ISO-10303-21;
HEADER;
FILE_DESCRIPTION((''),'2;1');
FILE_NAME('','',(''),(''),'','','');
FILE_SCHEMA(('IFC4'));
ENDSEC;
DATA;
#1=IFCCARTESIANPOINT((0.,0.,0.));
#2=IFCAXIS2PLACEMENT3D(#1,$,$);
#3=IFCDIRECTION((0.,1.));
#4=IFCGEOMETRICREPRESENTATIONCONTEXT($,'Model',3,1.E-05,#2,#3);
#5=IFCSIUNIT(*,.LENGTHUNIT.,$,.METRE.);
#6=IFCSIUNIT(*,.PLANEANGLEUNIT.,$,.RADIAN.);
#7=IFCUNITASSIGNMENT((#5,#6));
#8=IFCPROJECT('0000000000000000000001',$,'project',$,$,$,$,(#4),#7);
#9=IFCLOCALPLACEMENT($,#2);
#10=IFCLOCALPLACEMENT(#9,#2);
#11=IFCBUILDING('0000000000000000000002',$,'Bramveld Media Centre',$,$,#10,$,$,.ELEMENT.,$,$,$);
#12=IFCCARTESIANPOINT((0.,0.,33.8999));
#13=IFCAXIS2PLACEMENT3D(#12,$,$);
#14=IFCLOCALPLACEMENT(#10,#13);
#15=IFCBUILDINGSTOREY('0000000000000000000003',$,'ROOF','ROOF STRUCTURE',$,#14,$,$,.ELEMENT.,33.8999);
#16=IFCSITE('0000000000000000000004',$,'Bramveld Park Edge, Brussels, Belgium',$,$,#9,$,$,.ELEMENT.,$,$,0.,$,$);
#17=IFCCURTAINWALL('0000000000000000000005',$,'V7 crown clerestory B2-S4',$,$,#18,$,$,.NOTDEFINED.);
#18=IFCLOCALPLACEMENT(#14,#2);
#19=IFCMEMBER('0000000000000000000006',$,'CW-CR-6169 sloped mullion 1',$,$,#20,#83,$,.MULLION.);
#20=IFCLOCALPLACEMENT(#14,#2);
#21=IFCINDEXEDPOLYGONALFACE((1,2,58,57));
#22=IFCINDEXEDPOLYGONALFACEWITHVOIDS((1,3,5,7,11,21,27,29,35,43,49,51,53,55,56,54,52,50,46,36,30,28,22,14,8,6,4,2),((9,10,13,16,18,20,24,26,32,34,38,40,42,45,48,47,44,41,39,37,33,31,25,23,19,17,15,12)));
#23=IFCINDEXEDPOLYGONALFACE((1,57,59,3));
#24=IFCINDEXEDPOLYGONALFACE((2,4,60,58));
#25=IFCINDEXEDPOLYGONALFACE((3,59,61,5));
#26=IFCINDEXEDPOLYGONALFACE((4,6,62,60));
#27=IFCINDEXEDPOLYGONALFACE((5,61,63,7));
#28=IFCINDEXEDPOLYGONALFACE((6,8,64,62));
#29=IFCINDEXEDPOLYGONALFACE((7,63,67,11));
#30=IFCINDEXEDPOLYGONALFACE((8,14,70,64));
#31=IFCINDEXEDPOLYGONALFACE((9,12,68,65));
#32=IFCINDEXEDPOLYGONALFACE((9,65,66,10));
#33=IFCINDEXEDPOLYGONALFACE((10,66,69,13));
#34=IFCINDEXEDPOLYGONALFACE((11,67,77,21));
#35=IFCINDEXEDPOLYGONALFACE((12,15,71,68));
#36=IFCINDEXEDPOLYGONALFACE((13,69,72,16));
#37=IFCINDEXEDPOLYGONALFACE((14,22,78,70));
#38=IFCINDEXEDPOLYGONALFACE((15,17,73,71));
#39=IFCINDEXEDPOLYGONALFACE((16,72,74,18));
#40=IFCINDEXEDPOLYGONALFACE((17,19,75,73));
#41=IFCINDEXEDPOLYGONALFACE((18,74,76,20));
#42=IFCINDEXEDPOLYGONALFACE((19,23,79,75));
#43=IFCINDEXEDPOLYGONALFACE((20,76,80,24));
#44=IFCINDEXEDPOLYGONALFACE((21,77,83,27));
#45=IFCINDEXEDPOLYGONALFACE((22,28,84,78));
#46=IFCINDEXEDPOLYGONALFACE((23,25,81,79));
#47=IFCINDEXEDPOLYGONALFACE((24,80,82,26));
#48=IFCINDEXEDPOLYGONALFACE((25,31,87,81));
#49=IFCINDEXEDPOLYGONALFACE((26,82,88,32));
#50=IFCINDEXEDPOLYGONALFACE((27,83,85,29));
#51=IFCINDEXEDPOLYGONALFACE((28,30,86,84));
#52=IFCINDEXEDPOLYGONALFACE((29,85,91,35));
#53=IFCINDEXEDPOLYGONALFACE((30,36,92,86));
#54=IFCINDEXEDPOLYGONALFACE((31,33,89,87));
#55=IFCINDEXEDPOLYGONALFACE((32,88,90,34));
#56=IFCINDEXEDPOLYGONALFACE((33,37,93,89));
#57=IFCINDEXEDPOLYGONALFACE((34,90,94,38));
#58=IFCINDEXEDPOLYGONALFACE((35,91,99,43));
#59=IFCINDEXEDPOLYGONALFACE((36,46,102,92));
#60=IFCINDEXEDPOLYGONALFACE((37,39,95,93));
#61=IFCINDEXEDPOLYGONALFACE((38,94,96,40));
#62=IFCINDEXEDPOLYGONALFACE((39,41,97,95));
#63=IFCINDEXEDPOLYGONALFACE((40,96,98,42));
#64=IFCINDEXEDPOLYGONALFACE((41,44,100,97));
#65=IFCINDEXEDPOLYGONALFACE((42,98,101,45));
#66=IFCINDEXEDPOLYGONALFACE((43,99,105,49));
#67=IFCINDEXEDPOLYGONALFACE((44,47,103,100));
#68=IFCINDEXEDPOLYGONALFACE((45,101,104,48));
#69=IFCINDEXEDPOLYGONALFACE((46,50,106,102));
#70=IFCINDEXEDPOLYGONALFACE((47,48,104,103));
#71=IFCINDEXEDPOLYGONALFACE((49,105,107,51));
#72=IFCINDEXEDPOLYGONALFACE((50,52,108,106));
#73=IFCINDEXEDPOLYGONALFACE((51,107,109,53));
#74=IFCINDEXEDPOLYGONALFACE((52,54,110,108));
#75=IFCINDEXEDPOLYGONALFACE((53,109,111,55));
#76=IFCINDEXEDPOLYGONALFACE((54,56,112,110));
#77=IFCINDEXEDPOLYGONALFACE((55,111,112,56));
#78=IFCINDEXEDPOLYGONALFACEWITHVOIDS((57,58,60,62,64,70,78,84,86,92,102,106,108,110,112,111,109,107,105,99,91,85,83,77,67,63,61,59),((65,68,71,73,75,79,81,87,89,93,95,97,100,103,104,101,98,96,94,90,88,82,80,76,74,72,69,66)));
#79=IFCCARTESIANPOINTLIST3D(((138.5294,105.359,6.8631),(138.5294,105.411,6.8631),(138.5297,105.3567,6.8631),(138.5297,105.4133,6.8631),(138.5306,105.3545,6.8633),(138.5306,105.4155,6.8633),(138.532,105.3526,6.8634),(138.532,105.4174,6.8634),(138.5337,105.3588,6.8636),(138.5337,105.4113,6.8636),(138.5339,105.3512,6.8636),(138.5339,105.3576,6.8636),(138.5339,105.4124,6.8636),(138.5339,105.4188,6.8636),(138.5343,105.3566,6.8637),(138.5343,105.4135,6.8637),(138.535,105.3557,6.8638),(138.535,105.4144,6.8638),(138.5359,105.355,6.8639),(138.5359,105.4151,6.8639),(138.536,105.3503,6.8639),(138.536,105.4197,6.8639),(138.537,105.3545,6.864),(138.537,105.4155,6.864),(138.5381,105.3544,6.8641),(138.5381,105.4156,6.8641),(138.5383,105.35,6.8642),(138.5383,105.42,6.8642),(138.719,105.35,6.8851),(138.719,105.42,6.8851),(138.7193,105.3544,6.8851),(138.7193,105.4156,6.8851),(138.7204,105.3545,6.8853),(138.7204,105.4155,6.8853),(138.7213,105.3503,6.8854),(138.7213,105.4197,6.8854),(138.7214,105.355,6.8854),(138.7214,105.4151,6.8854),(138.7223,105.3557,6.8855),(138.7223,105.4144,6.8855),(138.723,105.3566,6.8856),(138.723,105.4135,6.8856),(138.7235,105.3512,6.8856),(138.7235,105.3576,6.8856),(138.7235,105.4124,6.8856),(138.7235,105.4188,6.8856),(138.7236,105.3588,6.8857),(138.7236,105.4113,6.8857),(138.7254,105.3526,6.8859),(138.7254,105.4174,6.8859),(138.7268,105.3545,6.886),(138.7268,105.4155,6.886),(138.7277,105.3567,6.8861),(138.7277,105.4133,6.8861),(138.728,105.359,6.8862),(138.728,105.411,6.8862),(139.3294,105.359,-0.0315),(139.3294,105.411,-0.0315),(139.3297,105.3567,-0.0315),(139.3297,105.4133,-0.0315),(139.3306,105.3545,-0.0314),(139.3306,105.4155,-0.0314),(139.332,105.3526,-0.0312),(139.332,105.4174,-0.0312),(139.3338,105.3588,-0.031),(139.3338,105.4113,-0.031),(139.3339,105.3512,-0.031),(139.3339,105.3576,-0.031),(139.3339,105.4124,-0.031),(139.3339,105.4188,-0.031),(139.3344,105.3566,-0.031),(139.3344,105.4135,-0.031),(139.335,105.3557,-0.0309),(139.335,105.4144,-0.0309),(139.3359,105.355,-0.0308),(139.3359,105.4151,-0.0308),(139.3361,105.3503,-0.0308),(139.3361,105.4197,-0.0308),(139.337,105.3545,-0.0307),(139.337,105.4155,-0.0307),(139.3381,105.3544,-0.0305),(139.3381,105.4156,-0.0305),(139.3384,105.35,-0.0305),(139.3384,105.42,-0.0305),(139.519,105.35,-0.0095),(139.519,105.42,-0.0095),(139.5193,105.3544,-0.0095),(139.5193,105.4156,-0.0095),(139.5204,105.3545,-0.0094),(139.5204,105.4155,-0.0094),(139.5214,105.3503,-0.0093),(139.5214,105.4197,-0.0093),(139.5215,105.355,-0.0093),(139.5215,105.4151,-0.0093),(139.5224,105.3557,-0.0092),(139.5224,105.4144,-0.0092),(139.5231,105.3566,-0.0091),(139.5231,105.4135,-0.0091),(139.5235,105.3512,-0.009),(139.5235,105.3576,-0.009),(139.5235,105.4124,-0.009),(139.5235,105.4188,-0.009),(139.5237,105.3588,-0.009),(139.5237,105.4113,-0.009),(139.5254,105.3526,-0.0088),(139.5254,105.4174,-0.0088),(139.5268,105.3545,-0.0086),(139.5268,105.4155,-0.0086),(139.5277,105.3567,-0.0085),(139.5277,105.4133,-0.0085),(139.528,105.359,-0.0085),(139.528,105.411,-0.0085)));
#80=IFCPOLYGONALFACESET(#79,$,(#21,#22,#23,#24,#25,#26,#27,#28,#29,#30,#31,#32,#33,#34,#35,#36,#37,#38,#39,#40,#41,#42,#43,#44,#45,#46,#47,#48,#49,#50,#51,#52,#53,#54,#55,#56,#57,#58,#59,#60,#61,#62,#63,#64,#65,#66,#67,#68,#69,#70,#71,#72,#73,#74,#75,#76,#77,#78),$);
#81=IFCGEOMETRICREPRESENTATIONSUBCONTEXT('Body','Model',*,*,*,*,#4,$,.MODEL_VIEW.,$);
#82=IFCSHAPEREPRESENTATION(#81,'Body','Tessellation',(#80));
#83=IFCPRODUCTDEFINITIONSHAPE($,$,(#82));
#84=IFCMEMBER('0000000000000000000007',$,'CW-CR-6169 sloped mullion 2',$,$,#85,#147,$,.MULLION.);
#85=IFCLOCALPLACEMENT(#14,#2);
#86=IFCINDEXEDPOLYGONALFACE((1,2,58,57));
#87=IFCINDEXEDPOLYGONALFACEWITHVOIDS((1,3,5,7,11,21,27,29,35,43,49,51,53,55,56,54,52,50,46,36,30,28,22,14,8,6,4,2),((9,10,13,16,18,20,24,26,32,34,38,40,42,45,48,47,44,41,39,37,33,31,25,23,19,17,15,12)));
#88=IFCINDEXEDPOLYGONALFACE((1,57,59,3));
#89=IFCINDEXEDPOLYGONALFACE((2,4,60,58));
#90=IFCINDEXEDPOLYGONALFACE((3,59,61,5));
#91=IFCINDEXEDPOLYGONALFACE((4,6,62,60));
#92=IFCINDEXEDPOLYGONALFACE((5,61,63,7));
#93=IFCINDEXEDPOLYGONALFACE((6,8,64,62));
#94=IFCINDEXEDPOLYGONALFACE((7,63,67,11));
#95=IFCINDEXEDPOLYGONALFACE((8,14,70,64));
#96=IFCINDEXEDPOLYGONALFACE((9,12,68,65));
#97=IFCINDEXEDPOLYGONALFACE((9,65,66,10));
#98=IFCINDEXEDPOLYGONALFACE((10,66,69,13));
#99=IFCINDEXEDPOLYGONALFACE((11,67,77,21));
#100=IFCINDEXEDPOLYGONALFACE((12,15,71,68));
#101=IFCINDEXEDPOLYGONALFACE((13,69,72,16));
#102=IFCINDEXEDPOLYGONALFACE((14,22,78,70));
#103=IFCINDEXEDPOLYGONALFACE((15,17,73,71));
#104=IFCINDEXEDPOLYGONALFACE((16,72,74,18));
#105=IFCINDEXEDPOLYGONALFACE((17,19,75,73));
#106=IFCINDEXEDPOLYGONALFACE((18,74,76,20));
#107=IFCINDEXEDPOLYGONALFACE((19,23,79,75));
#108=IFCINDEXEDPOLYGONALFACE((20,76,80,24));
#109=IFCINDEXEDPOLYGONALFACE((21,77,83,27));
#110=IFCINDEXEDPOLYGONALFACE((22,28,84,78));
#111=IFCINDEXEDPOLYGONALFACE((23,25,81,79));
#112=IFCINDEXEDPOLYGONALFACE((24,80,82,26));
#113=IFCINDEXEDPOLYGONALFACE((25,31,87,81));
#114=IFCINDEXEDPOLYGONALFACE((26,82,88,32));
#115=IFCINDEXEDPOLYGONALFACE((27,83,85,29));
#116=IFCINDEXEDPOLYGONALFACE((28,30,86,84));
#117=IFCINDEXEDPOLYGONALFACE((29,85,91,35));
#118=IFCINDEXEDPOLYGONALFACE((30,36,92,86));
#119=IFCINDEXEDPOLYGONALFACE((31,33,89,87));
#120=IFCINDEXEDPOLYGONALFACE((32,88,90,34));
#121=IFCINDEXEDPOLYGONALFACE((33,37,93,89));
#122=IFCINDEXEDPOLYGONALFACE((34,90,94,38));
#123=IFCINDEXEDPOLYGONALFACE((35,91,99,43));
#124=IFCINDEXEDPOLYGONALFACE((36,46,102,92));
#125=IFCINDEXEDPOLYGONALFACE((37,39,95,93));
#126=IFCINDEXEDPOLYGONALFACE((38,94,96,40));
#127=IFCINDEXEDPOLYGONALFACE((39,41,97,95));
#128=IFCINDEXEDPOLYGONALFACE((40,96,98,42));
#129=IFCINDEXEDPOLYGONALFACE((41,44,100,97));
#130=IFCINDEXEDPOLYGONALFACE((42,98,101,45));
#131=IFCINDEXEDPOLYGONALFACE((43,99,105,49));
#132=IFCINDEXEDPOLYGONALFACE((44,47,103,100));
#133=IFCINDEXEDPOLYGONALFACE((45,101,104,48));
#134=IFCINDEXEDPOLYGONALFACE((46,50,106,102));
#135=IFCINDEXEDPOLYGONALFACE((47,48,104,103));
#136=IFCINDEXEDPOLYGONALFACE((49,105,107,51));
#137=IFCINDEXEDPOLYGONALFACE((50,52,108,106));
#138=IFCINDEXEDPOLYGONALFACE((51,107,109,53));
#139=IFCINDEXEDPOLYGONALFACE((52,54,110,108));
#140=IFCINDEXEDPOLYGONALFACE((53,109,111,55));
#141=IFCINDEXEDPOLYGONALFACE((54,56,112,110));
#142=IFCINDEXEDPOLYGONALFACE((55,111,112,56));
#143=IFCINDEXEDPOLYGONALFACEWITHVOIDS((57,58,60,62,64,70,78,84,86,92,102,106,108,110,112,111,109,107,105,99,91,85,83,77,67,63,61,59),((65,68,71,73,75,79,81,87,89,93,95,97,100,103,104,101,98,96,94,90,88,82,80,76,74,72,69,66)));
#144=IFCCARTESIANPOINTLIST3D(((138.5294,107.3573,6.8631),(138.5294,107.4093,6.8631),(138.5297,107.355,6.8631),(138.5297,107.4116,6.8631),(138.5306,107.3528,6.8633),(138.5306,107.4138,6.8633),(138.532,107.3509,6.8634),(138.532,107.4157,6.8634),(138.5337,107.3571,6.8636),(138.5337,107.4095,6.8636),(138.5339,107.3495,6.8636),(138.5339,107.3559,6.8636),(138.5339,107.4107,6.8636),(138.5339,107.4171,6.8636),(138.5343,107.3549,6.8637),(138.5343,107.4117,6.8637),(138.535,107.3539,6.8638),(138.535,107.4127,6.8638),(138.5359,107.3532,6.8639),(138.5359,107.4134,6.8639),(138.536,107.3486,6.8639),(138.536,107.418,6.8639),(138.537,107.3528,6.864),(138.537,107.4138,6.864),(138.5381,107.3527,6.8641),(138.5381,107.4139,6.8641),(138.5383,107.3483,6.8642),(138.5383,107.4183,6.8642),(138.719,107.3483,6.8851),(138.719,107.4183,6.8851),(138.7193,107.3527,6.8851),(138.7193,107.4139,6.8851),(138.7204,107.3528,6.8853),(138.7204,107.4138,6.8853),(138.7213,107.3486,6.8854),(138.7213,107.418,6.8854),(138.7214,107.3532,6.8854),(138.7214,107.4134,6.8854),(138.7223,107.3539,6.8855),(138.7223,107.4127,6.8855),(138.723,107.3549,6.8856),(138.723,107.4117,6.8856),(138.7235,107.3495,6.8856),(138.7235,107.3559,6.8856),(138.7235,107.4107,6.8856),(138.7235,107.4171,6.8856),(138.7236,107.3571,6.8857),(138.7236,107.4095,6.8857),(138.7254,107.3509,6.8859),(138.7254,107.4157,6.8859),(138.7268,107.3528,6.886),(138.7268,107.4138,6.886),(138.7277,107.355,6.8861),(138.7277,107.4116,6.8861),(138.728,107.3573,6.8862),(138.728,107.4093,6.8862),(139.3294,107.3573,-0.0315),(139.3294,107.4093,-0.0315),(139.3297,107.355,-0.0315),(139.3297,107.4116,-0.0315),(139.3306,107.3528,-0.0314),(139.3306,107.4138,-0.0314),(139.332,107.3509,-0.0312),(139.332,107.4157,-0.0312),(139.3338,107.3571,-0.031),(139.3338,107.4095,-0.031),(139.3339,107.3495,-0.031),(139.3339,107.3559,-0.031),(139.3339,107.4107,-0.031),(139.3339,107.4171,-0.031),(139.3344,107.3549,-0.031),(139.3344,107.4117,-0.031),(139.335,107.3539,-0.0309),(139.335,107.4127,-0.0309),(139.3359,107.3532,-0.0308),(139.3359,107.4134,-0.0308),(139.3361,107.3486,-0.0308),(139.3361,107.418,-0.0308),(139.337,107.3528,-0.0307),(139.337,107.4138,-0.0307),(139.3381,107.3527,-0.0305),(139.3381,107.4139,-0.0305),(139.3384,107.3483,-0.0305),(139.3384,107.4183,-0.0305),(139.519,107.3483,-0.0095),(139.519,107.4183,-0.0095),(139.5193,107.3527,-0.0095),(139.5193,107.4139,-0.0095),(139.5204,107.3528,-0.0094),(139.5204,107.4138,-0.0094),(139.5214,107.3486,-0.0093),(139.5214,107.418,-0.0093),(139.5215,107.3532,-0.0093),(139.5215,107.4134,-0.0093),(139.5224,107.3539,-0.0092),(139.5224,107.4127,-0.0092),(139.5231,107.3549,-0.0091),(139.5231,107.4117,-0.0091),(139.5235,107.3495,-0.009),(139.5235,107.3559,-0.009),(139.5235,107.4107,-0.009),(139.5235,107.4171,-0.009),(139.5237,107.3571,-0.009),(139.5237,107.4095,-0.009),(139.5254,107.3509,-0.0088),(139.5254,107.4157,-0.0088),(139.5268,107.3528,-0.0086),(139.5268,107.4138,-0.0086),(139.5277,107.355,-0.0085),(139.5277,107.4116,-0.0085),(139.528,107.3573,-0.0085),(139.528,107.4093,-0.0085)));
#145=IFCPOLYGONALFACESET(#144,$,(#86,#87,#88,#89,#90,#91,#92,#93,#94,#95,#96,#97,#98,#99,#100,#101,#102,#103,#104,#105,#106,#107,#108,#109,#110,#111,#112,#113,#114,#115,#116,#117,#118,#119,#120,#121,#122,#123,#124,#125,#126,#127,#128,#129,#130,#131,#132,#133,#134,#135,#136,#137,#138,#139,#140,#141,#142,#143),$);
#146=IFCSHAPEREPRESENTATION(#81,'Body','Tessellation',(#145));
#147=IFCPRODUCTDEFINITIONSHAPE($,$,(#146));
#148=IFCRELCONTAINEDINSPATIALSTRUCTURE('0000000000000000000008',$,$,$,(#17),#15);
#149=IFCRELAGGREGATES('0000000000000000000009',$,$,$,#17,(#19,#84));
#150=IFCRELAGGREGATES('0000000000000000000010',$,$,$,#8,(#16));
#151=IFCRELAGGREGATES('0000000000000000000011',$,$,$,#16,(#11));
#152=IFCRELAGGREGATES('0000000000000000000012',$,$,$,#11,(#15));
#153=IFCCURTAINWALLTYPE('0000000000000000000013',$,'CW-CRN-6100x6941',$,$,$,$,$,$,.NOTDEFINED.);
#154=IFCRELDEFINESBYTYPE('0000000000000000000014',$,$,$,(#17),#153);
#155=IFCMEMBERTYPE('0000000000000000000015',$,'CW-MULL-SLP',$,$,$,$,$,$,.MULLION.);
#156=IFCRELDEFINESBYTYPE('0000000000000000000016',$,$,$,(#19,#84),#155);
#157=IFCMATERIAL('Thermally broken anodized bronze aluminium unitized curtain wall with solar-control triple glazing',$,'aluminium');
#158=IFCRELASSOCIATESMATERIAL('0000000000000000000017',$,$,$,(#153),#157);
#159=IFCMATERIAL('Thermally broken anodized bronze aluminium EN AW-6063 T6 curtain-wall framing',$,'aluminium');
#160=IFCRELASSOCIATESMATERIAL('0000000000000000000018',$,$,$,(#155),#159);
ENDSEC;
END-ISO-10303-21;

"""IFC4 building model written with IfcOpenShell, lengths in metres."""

from ifc_helpers import new_model, si_unit, direction, frame, origin, origin_2d, place, context, subcontext, project, spatial, hollow_rectangle, extrude, material, material_profile, profile_set, type_object, element, aggregate, save


model = new_model("IFC4")

# Units and contexts
model_context = context("Model", 3, precision=1e-05, world=origin(), true_north=direction((0.0, 1.0)))
body_context = subcontext(model_context, "Body", "Model", "MODEL_VIEW")
ifc_project = project(units=[si_unit("LENGTHUNIT", "METRE"), si_unit("PLANEANGLEUNIT", "RADIAN")], contexts=[model_context])

# Site, building, storey
site_placement = place(None, origin())
site = spatial("IfcSite", under=ifc_project, at=site_placement, Name="Bramveld Park Edge, Brussels, Belgium", CompositionType="ELEMENT", RefElevation=0.0)
building_placement = place(site_placement, origin())
building = spatial("IfcBuilding", under=site, at=building_placement, Name="Bramveld Media Centre", CompositionType="ELEMENT")
storey_placement = place(building_placement, frame((0.0, 0.0, 33.8999)))
storey = spatial("IfcBuildingStorey", under=building, at=storey_placement, Name="ROOF", Description="ROOF STRUCTURE", CompositionType="ELEMENT", Elevation=33.8999)

# Curtain wall, members
ifc_material_1 = material(Name="Thermally broken anodized bronze aluminium unitized curtain wall with solar-control triple glazing", Category="aluminium")
curtain_wall_type = type_object("IfcCurtainWallType", Name="CW-CRN-6100x6941", PredefinedType="NOTDEFINED", material=ifc_material_1)
curtain_wall_1_placement = place(storey_placement, origin())
curtain_wall_1 = element("IfcCurtainWall", 1, at=curtain_wall_1_placement, inside=storey, type_object=curtain_wall_type, Name="V7 crown clerestory B2-S4", PredefinedType="NOTDEFINED")
ifc_material_2 = material(Name="Thermally broken anodized bronze aluminium EN AW-6063 T6 curtain-wall framing", Category="aluminium")
ifc_material_profile_1 = material_profile(ifc_material_2, hollow_rectangle(XDim=0.0701, YDim=0.2, WallThickness=0.0044, InnerFilletRadius=0.0044, OuterFilletRadius=0.009, at=origin_2d()), Name="AL-MULL 70x200")
ifc_profile_set_1 = profile_set([ifc_material_profile_1], Name="Thermally broken anodized bronze aluminium EN AW-6063 T6 curtain-wall framing")
member_type_1 = type_object("IfcMemberType", Name="CW-MULL-SLP", PredefinedType="MULLION", material=ifc_profile_set_1)
member_1_placement = place(storey_placement, frame((139.4287, 105.385, -0.02), z_axis=(-0.115264, 0.0, 0.993335), x_axis=(0.0, -1.0, 0.0)))
member_1 = element("IfcMember", 2, at=member_1_placement, type_object=member_type_1, Name="CW-CR-6169 sloped mullion 1", PredefinedType="MULLION", context=body_context, shape_type="SweptSolid", body=[
    extrude(hollow_rectangle(XDim=0.0701, YDim=0.2, WallThickness=0.0044, InnerFilletRadius=0.0044, OuterFilletRadius=0.009, at=origin_2d()), origin(), (0.0, 0.0, 1.0), 6.9409),
])
member_2_placement = place(storey_placement, frame((139.4287, 107.3833, -0.02), z_axis=(-0.115264, 0.0, 0.993335), x_axis=(0.0, -1.0, 0.0)))
member_2 = element("IfcMember", 3, at=member_2_placement, type_object=member_type_1, Name="CW-CR-6169 sloped mullion 2", PredefinedType="MULLION", context=body_context, shape_type="SweptSolid", body=[
    extrude(hollow_rectangle(XDim=0.0701, YDim=0.2, WallThickness=0.0044, InnerFilletRadius=0.0044, OuterFilletRadius=0.009, at=origin_2d()), origin(), (0.0, 0.0, 1.0), 6.9409),
])
aggregate(curtain_wall_1, [member_1, member_2])

save(model, "model.ifc")
